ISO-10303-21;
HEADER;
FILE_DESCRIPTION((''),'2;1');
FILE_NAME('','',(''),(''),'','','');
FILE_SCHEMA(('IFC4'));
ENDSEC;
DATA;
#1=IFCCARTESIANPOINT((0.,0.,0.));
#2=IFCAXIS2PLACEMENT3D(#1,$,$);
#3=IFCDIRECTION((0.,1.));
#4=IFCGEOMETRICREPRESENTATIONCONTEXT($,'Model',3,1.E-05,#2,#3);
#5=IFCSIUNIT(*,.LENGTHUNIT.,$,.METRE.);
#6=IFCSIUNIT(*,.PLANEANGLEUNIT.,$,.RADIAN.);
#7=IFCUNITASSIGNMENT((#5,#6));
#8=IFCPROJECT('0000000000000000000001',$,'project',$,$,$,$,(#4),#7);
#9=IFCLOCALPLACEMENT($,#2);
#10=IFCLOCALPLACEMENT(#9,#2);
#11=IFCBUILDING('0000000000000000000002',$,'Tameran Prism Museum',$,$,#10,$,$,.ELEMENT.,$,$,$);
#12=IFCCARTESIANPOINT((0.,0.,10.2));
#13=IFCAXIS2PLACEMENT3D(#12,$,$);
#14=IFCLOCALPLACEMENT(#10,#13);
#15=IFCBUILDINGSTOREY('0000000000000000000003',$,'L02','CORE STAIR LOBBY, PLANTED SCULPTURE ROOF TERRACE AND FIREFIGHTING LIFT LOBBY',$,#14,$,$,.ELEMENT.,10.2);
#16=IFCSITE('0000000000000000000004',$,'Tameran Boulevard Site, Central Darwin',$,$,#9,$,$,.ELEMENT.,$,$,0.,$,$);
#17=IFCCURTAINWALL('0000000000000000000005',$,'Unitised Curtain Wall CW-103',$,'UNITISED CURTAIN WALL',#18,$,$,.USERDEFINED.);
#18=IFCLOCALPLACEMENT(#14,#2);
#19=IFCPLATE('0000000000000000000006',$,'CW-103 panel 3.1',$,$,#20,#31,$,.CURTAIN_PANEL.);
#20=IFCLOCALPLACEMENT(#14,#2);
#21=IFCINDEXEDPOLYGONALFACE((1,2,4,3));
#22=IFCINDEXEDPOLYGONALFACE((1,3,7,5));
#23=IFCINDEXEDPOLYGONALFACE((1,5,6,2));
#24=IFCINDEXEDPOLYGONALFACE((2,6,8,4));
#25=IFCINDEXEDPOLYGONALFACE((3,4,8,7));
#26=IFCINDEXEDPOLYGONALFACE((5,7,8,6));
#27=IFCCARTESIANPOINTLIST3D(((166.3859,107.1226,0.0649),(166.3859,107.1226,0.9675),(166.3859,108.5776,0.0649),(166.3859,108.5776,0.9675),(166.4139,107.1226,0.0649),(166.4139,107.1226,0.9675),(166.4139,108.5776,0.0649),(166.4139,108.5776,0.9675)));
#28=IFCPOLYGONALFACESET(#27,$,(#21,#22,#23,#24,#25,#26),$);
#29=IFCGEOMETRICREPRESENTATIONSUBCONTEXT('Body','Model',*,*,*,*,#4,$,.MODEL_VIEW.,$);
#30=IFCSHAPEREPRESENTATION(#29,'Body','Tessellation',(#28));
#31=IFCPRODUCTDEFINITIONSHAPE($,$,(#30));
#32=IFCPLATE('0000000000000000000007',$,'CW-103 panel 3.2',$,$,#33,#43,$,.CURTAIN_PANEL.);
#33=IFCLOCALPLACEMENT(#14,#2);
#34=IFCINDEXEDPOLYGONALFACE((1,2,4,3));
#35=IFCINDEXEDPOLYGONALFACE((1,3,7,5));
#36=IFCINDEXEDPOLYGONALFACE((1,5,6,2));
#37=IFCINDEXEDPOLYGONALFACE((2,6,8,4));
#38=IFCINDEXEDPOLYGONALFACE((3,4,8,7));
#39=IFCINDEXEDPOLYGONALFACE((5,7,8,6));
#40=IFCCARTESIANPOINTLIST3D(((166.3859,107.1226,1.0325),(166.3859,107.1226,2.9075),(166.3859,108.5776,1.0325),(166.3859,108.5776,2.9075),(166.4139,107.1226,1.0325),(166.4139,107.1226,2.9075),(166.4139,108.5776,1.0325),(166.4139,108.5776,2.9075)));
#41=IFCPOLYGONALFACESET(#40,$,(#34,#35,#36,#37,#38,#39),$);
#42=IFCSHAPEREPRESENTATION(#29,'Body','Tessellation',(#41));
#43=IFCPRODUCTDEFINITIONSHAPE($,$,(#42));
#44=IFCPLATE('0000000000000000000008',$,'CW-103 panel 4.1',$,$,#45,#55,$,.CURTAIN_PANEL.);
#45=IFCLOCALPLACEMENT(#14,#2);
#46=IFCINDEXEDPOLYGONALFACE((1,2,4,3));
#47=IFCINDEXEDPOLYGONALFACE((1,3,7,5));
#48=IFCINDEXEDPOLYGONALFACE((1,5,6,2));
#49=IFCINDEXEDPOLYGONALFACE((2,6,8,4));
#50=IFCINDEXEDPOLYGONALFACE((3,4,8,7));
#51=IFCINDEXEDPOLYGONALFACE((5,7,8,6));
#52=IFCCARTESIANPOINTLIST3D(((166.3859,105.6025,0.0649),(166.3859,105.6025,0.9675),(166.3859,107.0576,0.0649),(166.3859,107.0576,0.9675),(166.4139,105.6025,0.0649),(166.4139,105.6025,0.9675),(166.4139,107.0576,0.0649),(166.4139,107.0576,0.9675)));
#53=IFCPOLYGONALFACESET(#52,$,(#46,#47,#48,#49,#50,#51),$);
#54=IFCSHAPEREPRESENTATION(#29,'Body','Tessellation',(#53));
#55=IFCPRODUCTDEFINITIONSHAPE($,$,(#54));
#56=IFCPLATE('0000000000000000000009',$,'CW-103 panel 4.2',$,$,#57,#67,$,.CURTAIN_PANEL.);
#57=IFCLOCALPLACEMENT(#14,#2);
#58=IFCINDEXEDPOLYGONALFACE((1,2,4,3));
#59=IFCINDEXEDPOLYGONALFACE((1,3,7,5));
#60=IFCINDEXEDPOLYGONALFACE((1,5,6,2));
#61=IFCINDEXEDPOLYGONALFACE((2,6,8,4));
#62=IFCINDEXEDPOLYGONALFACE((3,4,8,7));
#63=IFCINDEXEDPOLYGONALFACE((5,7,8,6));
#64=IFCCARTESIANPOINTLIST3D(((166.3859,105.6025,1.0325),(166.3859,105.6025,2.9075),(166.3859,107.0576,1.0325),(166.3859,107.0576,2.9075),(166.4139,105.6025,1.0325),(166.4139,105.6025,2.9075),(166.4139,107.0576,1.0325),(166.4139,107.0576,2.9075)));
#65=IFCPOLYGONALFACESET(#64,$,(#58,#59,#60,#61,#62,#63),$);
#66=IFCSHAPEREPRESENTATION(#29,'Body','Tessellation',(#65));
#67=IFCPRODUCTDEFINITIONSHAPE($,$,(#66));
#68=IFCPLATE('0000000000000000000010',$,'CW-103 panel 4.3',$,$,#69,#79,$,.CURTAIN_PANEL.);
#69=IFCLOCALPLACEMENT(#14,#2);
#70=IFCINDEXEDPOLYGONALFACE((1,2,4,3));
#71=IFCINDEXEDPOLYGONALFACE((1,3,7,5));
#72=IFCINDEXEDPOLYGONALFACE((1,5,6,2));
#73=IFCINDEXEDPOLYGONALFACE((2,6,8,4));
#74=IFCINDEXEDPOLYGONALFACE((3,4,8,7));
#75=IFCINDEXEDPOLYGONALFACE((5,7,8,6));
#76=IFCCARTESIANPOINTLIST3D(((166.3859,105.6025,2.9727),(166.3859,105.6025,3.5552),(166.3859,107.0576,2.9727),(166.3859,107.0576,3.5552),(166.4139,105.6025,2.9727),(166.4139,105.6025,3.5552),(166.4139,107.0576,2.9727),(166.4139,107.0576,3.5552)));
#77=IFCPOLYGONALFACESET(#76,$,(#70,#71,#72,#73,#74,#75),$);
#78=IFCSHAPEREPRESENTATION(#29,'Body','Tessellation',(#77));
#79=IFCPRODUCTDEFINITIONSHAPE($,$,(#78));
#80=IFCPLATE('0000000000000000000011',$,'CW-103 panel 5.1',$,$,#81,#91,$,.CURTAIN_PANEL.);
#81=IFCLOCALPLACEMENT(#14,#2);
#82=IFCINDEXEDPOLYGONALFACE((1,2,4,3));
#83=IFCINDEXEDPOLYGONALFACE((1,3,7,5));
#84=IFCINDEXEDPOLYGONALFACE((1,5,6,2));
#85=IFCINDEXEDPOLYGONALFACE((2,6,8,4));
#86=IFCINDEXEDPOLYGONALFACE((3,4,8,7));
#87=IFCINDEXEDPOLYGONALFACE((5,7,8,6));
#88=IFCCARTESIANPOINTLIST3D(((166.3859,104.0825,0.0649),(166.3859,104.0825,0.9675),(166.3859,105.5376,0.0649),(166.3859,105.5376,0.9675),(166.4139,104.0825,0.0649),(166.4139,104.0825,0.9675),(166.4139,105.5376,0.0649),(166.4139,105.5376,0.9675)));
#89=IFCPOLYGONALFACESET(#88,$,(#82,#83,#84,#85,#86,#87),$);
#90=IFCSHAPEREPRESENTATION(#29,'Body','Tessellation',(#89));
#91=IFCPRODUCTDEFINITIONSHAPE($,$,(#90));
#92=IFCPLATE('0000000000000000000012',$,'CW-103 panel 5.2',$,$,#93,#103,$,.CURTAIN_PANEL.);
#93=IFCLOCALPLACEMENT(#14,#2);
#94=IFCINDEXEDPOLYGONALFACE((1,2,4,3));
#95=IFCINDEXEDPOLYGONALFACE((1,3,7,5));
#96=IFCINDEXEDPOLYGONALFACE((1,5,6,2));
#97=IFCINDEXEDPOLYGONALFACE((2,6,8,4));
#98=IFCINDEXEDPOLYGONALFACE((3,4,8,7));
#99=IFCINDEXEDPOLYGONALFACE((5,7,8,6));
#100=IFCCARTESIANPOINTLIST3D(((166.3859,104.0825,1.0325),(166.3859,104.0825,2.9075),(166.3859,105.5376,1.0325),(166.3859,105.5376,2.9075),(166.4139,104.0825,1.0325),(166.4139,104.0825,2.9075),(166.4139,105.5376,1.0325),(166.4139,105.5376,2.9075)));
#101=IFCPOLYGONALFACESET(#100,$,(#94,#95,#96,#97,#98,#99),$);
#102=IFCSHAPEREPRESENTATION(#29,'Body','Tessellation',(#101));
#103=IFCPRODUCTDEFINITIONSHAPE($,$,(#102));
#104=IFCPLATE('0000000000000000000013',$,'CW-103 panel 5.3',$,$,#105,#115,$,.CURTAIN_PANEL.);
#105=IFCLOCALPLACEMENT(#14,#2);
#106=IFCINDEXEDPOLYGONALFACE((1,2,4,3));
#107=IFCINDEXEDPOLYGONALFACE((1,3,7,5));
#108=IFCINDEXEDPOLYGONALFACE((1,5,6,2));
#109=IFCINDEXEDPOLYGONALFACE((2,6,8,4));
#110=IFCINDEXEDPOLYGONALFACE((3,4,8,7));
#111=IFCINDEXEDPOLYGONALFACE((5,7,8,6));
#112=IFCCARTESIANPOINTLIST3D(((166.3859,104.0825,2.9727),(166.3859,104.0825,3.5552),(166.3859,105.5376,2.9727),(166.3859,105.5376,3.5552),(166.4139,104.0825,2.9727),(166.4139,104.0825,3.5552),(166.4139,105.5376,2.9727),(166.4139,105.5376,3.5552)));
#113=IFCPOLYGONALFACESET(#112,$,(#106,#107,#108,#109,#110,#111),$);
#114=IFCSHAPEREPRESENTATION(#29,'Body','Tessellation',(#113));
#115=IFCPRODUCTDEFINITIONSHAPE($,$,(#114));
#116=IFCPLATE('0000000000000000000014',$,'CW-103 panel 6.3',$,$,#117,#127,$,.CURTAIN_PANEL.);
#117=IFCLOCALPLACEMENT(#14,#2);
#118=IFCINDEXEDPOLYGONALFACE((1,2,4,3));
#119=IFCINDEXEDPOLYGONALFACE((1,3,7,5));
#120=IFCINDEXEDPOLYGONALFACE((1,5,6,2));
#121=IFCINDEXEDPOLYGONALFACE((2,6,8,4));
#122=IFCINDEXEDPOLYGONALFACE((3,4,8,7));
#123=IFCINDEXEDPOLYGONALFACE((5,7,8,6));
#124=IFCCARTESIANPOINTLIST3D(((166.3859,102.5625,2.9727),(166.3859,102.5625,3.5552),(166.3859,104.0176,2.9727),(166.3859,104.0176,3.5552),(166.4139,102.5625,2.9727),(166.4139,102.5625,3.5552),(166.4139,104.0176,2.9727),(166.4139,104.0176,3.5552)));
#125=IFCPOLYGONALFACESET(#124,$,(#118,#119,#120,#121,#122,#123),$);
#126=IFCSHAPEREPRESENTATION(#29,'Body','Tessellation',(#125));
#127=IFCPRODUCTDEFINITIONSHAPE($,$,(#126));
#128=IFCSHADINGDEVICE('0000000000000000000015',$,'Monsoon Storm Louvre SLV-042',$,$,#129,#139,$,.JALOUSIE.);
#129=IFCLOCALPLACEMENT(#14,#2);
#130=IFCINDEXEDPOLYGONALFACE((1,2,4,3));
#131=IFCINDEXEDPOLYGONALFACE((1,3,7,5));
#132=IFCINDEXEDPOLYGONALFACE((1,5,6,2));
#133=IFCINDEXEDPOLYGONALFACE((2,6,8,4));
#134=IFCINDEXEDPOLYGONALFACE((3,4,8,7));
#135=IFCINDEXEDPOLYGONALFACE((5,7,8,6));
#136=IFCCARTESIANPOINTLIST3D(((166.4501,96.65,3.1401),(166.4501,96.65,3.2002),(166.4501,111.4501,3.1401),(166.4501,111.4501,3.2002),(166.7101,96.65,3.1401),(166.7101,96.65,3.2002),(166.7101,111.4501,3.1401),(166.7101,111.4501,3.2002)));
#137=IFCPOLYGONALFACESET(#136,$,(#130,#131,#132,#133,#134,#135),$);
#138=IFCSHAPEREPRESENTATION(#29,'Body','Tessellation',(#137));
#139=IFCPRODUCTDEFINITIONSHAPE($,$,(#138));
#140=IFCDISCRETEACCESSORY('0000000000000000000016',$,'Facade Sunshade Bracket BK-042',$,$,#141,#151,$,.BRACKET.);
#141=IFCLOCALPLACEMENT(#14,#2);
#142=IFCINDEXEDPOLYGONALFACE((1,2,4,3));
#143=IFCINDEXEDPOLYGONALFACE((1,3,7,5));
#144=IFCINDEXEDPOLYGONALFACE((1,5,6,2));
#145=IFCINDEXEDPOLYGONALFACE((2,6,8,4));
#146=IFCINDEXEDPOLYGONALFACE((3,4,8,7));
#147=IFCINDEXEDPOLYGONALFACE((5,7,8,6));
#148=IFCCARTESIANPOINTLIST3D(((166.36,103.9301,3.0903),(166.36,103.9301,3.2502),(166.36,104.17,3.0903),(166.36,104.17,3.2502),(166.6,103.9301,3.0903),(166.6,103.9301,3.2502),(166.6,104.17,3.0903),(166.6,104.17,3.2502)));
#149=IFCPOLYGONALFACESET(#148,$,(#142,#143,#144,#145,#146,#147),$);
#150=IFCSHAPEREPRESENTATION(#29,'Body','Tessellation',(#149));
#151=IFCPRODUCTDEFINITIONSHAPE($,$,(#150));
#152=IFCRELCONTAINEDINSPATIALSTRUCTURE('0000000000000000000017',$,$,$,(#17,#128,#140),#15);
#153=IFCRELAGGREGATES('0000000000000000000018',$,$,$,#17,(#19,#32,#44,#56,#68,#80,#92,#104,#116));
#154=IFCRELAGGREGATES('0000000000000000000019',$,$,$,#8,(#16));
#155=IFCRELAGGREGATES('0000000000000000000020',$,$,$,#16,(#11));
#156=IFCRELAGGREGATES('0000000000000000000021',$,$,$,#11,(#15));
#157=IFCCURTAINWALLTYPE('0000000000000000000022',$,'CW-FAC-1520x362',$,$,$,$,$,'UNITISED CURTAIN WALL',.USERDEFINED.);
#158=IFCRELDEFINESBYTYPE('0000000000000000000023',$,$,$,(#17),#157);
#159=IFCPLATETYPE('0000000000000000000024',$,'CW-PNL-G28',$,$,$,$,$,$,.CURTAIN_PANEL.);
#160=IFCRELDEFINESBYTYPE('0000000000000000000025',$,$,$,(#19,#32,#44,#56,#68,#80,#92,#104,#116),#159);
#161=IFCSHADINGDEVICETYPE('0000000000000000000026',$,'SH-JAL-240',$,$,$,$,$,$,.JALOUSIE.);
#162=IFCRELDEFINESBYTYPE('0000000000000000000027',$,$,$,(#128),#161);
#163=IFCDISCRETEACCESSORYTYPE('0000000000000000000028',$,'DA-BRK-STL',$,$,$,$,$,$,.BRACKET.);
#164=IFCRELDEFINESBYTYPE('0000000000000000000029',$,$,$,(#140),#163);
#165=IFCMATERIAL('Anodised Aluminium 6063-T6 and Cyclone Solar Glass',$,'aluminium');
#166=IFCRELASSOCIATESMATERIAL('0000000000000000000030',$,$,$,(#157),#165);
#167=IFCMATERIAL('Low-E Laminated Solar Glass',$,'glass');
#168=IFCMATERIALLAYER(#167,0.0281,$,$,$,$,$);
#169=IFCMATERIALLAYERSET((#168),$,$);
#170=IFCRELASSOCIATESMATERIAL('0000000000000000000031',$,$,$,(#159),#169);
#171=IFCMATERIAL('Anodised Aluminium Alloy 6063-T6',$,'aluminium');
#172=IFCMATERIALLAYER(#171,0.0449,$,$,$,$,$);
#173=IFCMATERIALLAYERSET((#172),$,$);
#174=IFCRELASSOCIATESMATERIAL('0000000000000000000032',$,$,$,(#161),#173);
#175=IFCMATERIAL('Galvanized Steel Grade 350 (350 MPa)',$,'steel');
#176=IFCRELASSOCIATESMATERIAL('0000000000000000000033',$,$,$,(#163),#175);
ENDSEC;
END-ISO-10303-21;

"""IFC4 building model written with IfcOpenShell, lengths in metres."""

from ifc_helpers import new_model, si_unit, direction, frame, origin, origin_2d, place, context, subcontext, project, spatial, rectangle, extrude, material, layer, layer_set, type_object, element, aggregate, save


model = new_model("IFC4")

# Units and contexts
model_context = context("Model", 3, precision=1e-05, world=origin(), true_north=direction((0.0, 1.0)))
body_context = subcontext(model_context, "Body", "Model", "MODEL_VIEW")
ifc_project = project(units=[si_unit("LENGTHUNIT", "METRE"), si_unit("PLANEANGLEUNIT", "RADIAN")], contexts=[model_context])

# Site, building, storey
site_placement = place(None, origin())
site = spatial("IfcSite", under=ifc_project, at=site_placement, Name="Tameran Boulevard Site, Central Darwin", CompositionType="ELEMENT", RefElevation=0.0)
building_placement = place(site_placement, origin())
building = spatial("IfcBuilding", under=site, at=building_placement, Name="Tameran Prism Museum", CompositionType="ELEMENT")
storey_placement = place(building_placement, frame((0.0, 0.0, 10.2)))
storey = spatial("IfcBuildingStorey", under=building, at=storey_placement, Name="L02", Description="CORE STAIR LOBBY, PLANTED SCULPTURE ROOF TERRACE AND FIREFIGHTING LIFT LOBBY", CompositionType="ELEMENT", Elevation=10.2)

# Curtain wall, plates
ifc_material_1 = material(Name="Anodised Aluminium 6063-T6 and Cyclone Solar Glass", Category="aluminium")
curtain_wall_type = type_object("IfcCurtainWallType", Name="CW-FAC-1520x362", ElementType="UNITISED CURTAIN WALL", PredefinedType="USERDEFINED", material=ifc_material_1)
curtain_wall_placement = place(storey_placement, origin())
curtain_wall = element("IfcCurtainWall", 1, at=curtain_wall_placement, inside=storey, type_object=curtain_wall_type, Name="Unitised Curtain Wall CW-103", ObjectType="UNITISED CURTAIN WALL", PredefinedType="USERDEFINED")
ifc_material_2 = material(Name="Low-E Laminated Solar Glass", Category="glass")
ifc_layer_1 = layer(ifc_material_2, 0.0281)
ifc_layer_set_1 = layer_set([ifc_layer_1])
plate_type = type_object("IfcPlateType", Name="CW-PNL-G28", PredefinedType="CURTAIN_PANEL", material=ifc_layer_set_1)
plate_1_placement = place(storey_placement, frame((166.3999, 107.8501, 0.0649), z_axis=(0.0, 0.0, 1.0), x_axis=(0.0, -1.0, 0.0)))
plate_1 = element("IfcPlate", 2, at=plate_1_placement, type_object=plate_type, Name="CW-103 panel 3.1", PredefinedType="CURTAIN_PANEL", context=body_context, shape_type="SweptSolid", body=[
    extrude(rectangle(XDim=1.4551, YDim=0.0281, at=origin_2d()), origin(), (0.0, 0.0, 1.0), 0.9026),
])
plate_2_placement = place(storey_placement, frame((166.3999, 107.8501, 1.0325), z_axis=(0.0, 0.0, 1.0), x_axis=(0.0, -1.0, 0.0)))
plate_2 = element("IfcPlate", 3, at=plate_2_placement, type_object=plate_type, Name="CW-103 panel 3.2", PredefinedType="CURTAIN_PANEL", context=body_context, shape_type="SweptSolid", body=[
    extrude(rectangle(XDim=1.4551, YDim=0.0281, at=origin_2d()), origin(), (0.0, 0.0, 1.0), 1.875),
])
plate_3_placement = place(storey_placement, frame((166.3999, 106.3301, 0.0649), z_axis=(0.0, 0.0, 1.0), x_axis=(0.0, -1.0, 0.0)))
plate_3 = element("IfcPlate", 4, at=plate_3_placement, type_object=plate_type, Name="CW-103 panel 4.1", PredefinedType="CURTAIN_PANEL", context=body_context, shape_type="SweptSolid", body=[
    extrude(rectangle(XDim=1.4551, YDim=0.0281, at=origin_2d()), origin(), (0.0, 0.0, 1.0), 0.9026),
])
plate_4_placement = place(storey_placement, frame((166.3999, 106.3301, 1.0325), z_axis=(0.0, 0.0, 1.0), x_axis=(0.0, -1.0, 0.0)))
plate_4 = element("IfcPlate", 5, at=plate_4_placement, type_object=plate_type, Name="CW-103 panel 4.2", PredefinedType="CURTAIN_PANEL", context=body_context, shape_type="SweptSolid", body=[
    extrude(rectangle(XDim=1.4551, YDim=0.0281, at=origin_2d()), origin(), (0.0, 0.0, 1.0), 1.875),
])
plate_5_placement = place(storey_placement, frame((166.3999, 106.3301, 2.9727), z_axis=(0.0, 0.0, 1.0), x_axis=(0.0, -1.0, 0.0)))
plate_5 = element("IfcPlate", 6, at=plate_5_placement, type_object=plate_type, Name="CW-103 panel 4.3", PredefinedType="CURTAIN_PANEL", context=body_context, shape_type="SweptSolid", body=[
    extrude(rectangle(XDim=1.4551, YDim=0.0281, at=origin_2d()), origin(), (0.0, 0.0, 1.0), 0.5825),
])
plate_6_placement = place(storey_placement, frame((166.3999, 104.8101, 0.0649), z_axis=(0.0, 0.0, 1.0), x_axis=(0.0, -1.0, 0.0)))
plate_6 = element("IfcPlate", 7, at=plate_6_placement, type_object=plate_type, Name="CW-103 panel 5.1", PredefinedType="CURTAIN_PANEL", context=body_context, shape_type="SweptSolid", body=[
    extrude(rectangle(XDim=1.4551, YDim=0.0281, at=origin_2d()), origin(), (0.0, 0.0, 1.0), 0.9026),
])
plate_7_placement = place(storey_placement, frame((166.3999, 104.8101, 1.0325), z_axis=(0.0, 0.0, 1.0), x_axis=(0.0, -1.0, 0.0)))
plate_7 = element("IfcPlate", 8, at=plate_7_placement, type_object=plate_type, Name="CW-103 panel 5.2", PredefinedType="CURTAIN_PANEL", context=body_context, shape_type="SweptSolid", body=[
    extrude(rectangle(XDim=1.4551, YDim=0.0281, at=origin_2d()), origin(), (0.0, 0.0, 1.0), 1.875),
])
plate_8_placement = place(storey_placement, frame((166.3999, 104.8101, 2.9727), z_axis=(0.0, 0.0, 1.0), x_axis=(0.0, -1.0, 0.0)))
plate_8 = element("IfcPlate", 9, at=plate_8_placement, type_object=plate_type, Name="CW-103 panel 5.3", PredefinedType="CURTAIN_PANEL", context=body_context, shape_type="SweptSolid", body=[
    extrude(rectangle(XDim=1.4551, YDim=0.0281, at=origin_2d()), origin(), (0.0, 0.0, 1.0), 0.5825),
])
plate_9_placement = place(storey_placement, frame((166.3999, 103.29, 2.9727), z_axis=(0.0, 0.0, 1.0), x_axis=(0.0, -1.0, 0.0)))
plate_9 = element("IfcPlate", 10, at=plate_9_placement, type_object=plate_type, Name="CW-103 panel 6.3", PredefinedType="CURTAIN_PANEL", context=body_context, shape_type="SweptSolid", body=[
    extrude(rectangle(XDim=1.4551, YDim=0.0281, at=origin_2d()), origin(), (0.0, 0.0, 1.0), 0.5825),
])
aggregate(curtain_wall, [plate_1, plate_2, plate_3, plate_4, plate_5, plate_6, plate_7, plate_8, plate_9])

# Shading device
ifc_material_3 = material(Name="Anodised Aluminium Alloy 6063-T6", Category="aluminium")
ifc_layer_2 = layer(ifc_material_3, 0.0449)
ifc_layer_set_2 = layer_set([ifc_layer_2])
shading_device_type = type_object("IfcShadingDeviceType", Name="SH-JAL-240", PredefinedType="JALOUSIE", material=ifc_layer_set_2)
shading_device_placement = place(storey_placement, frame((166.5801, 104.05, 3.1401), z_axis=(0.0, 0.0, 1.0), x_axis=(0.0, -1.0, 0.0)))
element("IfcShadingDevice", 11, at=shading_device_placement, inside=storey, type_object=shading_device_type, Name="Monsoon Storm Louvre SLV-042", PredefinedType="JALOUSIE", context=body_context, shape_type="SweptSolid", body=[
    extrude(rectangle(XDim=14.8, YDim=0.26, at=origin_2d()), origin(), (0.0, 0.0, 1.0), 0.0601),
])

# Discrete accessory
ifc_material_4 = material(Name="Galvanized Steel Grade 350 (350 MPa)", Category="steel")
discrete_accessory_type = type_object("IfcDiscreteAccessoryType", Name="DA-BRK-STL", PredefinedType="BRACKET", material=ifc_material_4)
discrete_accessory_placement = place(storey_placement, frame((166.48, 104.05, 3.0903), z_axis=(0.0, 0.0, 1.0), x_axis=(0.0, -1.0, 0.0)))
element("IfcDiscreteAccessory", 12, at=discrete_accessory_placement, inside=storey, type_object=discrete_accessory_type, Name="Facade Sunshade Bracket BK-042", PredefinedType="BRACKET", context=body_context, shape_type="SweptSolid", body=[
    extrude(rectangle(XDim=0.24, YDim=0.24, at=origin_2d()), origin(), (0.0, 0.0, 1.0), 0.1599),
])

save(model, "model.ifc")
